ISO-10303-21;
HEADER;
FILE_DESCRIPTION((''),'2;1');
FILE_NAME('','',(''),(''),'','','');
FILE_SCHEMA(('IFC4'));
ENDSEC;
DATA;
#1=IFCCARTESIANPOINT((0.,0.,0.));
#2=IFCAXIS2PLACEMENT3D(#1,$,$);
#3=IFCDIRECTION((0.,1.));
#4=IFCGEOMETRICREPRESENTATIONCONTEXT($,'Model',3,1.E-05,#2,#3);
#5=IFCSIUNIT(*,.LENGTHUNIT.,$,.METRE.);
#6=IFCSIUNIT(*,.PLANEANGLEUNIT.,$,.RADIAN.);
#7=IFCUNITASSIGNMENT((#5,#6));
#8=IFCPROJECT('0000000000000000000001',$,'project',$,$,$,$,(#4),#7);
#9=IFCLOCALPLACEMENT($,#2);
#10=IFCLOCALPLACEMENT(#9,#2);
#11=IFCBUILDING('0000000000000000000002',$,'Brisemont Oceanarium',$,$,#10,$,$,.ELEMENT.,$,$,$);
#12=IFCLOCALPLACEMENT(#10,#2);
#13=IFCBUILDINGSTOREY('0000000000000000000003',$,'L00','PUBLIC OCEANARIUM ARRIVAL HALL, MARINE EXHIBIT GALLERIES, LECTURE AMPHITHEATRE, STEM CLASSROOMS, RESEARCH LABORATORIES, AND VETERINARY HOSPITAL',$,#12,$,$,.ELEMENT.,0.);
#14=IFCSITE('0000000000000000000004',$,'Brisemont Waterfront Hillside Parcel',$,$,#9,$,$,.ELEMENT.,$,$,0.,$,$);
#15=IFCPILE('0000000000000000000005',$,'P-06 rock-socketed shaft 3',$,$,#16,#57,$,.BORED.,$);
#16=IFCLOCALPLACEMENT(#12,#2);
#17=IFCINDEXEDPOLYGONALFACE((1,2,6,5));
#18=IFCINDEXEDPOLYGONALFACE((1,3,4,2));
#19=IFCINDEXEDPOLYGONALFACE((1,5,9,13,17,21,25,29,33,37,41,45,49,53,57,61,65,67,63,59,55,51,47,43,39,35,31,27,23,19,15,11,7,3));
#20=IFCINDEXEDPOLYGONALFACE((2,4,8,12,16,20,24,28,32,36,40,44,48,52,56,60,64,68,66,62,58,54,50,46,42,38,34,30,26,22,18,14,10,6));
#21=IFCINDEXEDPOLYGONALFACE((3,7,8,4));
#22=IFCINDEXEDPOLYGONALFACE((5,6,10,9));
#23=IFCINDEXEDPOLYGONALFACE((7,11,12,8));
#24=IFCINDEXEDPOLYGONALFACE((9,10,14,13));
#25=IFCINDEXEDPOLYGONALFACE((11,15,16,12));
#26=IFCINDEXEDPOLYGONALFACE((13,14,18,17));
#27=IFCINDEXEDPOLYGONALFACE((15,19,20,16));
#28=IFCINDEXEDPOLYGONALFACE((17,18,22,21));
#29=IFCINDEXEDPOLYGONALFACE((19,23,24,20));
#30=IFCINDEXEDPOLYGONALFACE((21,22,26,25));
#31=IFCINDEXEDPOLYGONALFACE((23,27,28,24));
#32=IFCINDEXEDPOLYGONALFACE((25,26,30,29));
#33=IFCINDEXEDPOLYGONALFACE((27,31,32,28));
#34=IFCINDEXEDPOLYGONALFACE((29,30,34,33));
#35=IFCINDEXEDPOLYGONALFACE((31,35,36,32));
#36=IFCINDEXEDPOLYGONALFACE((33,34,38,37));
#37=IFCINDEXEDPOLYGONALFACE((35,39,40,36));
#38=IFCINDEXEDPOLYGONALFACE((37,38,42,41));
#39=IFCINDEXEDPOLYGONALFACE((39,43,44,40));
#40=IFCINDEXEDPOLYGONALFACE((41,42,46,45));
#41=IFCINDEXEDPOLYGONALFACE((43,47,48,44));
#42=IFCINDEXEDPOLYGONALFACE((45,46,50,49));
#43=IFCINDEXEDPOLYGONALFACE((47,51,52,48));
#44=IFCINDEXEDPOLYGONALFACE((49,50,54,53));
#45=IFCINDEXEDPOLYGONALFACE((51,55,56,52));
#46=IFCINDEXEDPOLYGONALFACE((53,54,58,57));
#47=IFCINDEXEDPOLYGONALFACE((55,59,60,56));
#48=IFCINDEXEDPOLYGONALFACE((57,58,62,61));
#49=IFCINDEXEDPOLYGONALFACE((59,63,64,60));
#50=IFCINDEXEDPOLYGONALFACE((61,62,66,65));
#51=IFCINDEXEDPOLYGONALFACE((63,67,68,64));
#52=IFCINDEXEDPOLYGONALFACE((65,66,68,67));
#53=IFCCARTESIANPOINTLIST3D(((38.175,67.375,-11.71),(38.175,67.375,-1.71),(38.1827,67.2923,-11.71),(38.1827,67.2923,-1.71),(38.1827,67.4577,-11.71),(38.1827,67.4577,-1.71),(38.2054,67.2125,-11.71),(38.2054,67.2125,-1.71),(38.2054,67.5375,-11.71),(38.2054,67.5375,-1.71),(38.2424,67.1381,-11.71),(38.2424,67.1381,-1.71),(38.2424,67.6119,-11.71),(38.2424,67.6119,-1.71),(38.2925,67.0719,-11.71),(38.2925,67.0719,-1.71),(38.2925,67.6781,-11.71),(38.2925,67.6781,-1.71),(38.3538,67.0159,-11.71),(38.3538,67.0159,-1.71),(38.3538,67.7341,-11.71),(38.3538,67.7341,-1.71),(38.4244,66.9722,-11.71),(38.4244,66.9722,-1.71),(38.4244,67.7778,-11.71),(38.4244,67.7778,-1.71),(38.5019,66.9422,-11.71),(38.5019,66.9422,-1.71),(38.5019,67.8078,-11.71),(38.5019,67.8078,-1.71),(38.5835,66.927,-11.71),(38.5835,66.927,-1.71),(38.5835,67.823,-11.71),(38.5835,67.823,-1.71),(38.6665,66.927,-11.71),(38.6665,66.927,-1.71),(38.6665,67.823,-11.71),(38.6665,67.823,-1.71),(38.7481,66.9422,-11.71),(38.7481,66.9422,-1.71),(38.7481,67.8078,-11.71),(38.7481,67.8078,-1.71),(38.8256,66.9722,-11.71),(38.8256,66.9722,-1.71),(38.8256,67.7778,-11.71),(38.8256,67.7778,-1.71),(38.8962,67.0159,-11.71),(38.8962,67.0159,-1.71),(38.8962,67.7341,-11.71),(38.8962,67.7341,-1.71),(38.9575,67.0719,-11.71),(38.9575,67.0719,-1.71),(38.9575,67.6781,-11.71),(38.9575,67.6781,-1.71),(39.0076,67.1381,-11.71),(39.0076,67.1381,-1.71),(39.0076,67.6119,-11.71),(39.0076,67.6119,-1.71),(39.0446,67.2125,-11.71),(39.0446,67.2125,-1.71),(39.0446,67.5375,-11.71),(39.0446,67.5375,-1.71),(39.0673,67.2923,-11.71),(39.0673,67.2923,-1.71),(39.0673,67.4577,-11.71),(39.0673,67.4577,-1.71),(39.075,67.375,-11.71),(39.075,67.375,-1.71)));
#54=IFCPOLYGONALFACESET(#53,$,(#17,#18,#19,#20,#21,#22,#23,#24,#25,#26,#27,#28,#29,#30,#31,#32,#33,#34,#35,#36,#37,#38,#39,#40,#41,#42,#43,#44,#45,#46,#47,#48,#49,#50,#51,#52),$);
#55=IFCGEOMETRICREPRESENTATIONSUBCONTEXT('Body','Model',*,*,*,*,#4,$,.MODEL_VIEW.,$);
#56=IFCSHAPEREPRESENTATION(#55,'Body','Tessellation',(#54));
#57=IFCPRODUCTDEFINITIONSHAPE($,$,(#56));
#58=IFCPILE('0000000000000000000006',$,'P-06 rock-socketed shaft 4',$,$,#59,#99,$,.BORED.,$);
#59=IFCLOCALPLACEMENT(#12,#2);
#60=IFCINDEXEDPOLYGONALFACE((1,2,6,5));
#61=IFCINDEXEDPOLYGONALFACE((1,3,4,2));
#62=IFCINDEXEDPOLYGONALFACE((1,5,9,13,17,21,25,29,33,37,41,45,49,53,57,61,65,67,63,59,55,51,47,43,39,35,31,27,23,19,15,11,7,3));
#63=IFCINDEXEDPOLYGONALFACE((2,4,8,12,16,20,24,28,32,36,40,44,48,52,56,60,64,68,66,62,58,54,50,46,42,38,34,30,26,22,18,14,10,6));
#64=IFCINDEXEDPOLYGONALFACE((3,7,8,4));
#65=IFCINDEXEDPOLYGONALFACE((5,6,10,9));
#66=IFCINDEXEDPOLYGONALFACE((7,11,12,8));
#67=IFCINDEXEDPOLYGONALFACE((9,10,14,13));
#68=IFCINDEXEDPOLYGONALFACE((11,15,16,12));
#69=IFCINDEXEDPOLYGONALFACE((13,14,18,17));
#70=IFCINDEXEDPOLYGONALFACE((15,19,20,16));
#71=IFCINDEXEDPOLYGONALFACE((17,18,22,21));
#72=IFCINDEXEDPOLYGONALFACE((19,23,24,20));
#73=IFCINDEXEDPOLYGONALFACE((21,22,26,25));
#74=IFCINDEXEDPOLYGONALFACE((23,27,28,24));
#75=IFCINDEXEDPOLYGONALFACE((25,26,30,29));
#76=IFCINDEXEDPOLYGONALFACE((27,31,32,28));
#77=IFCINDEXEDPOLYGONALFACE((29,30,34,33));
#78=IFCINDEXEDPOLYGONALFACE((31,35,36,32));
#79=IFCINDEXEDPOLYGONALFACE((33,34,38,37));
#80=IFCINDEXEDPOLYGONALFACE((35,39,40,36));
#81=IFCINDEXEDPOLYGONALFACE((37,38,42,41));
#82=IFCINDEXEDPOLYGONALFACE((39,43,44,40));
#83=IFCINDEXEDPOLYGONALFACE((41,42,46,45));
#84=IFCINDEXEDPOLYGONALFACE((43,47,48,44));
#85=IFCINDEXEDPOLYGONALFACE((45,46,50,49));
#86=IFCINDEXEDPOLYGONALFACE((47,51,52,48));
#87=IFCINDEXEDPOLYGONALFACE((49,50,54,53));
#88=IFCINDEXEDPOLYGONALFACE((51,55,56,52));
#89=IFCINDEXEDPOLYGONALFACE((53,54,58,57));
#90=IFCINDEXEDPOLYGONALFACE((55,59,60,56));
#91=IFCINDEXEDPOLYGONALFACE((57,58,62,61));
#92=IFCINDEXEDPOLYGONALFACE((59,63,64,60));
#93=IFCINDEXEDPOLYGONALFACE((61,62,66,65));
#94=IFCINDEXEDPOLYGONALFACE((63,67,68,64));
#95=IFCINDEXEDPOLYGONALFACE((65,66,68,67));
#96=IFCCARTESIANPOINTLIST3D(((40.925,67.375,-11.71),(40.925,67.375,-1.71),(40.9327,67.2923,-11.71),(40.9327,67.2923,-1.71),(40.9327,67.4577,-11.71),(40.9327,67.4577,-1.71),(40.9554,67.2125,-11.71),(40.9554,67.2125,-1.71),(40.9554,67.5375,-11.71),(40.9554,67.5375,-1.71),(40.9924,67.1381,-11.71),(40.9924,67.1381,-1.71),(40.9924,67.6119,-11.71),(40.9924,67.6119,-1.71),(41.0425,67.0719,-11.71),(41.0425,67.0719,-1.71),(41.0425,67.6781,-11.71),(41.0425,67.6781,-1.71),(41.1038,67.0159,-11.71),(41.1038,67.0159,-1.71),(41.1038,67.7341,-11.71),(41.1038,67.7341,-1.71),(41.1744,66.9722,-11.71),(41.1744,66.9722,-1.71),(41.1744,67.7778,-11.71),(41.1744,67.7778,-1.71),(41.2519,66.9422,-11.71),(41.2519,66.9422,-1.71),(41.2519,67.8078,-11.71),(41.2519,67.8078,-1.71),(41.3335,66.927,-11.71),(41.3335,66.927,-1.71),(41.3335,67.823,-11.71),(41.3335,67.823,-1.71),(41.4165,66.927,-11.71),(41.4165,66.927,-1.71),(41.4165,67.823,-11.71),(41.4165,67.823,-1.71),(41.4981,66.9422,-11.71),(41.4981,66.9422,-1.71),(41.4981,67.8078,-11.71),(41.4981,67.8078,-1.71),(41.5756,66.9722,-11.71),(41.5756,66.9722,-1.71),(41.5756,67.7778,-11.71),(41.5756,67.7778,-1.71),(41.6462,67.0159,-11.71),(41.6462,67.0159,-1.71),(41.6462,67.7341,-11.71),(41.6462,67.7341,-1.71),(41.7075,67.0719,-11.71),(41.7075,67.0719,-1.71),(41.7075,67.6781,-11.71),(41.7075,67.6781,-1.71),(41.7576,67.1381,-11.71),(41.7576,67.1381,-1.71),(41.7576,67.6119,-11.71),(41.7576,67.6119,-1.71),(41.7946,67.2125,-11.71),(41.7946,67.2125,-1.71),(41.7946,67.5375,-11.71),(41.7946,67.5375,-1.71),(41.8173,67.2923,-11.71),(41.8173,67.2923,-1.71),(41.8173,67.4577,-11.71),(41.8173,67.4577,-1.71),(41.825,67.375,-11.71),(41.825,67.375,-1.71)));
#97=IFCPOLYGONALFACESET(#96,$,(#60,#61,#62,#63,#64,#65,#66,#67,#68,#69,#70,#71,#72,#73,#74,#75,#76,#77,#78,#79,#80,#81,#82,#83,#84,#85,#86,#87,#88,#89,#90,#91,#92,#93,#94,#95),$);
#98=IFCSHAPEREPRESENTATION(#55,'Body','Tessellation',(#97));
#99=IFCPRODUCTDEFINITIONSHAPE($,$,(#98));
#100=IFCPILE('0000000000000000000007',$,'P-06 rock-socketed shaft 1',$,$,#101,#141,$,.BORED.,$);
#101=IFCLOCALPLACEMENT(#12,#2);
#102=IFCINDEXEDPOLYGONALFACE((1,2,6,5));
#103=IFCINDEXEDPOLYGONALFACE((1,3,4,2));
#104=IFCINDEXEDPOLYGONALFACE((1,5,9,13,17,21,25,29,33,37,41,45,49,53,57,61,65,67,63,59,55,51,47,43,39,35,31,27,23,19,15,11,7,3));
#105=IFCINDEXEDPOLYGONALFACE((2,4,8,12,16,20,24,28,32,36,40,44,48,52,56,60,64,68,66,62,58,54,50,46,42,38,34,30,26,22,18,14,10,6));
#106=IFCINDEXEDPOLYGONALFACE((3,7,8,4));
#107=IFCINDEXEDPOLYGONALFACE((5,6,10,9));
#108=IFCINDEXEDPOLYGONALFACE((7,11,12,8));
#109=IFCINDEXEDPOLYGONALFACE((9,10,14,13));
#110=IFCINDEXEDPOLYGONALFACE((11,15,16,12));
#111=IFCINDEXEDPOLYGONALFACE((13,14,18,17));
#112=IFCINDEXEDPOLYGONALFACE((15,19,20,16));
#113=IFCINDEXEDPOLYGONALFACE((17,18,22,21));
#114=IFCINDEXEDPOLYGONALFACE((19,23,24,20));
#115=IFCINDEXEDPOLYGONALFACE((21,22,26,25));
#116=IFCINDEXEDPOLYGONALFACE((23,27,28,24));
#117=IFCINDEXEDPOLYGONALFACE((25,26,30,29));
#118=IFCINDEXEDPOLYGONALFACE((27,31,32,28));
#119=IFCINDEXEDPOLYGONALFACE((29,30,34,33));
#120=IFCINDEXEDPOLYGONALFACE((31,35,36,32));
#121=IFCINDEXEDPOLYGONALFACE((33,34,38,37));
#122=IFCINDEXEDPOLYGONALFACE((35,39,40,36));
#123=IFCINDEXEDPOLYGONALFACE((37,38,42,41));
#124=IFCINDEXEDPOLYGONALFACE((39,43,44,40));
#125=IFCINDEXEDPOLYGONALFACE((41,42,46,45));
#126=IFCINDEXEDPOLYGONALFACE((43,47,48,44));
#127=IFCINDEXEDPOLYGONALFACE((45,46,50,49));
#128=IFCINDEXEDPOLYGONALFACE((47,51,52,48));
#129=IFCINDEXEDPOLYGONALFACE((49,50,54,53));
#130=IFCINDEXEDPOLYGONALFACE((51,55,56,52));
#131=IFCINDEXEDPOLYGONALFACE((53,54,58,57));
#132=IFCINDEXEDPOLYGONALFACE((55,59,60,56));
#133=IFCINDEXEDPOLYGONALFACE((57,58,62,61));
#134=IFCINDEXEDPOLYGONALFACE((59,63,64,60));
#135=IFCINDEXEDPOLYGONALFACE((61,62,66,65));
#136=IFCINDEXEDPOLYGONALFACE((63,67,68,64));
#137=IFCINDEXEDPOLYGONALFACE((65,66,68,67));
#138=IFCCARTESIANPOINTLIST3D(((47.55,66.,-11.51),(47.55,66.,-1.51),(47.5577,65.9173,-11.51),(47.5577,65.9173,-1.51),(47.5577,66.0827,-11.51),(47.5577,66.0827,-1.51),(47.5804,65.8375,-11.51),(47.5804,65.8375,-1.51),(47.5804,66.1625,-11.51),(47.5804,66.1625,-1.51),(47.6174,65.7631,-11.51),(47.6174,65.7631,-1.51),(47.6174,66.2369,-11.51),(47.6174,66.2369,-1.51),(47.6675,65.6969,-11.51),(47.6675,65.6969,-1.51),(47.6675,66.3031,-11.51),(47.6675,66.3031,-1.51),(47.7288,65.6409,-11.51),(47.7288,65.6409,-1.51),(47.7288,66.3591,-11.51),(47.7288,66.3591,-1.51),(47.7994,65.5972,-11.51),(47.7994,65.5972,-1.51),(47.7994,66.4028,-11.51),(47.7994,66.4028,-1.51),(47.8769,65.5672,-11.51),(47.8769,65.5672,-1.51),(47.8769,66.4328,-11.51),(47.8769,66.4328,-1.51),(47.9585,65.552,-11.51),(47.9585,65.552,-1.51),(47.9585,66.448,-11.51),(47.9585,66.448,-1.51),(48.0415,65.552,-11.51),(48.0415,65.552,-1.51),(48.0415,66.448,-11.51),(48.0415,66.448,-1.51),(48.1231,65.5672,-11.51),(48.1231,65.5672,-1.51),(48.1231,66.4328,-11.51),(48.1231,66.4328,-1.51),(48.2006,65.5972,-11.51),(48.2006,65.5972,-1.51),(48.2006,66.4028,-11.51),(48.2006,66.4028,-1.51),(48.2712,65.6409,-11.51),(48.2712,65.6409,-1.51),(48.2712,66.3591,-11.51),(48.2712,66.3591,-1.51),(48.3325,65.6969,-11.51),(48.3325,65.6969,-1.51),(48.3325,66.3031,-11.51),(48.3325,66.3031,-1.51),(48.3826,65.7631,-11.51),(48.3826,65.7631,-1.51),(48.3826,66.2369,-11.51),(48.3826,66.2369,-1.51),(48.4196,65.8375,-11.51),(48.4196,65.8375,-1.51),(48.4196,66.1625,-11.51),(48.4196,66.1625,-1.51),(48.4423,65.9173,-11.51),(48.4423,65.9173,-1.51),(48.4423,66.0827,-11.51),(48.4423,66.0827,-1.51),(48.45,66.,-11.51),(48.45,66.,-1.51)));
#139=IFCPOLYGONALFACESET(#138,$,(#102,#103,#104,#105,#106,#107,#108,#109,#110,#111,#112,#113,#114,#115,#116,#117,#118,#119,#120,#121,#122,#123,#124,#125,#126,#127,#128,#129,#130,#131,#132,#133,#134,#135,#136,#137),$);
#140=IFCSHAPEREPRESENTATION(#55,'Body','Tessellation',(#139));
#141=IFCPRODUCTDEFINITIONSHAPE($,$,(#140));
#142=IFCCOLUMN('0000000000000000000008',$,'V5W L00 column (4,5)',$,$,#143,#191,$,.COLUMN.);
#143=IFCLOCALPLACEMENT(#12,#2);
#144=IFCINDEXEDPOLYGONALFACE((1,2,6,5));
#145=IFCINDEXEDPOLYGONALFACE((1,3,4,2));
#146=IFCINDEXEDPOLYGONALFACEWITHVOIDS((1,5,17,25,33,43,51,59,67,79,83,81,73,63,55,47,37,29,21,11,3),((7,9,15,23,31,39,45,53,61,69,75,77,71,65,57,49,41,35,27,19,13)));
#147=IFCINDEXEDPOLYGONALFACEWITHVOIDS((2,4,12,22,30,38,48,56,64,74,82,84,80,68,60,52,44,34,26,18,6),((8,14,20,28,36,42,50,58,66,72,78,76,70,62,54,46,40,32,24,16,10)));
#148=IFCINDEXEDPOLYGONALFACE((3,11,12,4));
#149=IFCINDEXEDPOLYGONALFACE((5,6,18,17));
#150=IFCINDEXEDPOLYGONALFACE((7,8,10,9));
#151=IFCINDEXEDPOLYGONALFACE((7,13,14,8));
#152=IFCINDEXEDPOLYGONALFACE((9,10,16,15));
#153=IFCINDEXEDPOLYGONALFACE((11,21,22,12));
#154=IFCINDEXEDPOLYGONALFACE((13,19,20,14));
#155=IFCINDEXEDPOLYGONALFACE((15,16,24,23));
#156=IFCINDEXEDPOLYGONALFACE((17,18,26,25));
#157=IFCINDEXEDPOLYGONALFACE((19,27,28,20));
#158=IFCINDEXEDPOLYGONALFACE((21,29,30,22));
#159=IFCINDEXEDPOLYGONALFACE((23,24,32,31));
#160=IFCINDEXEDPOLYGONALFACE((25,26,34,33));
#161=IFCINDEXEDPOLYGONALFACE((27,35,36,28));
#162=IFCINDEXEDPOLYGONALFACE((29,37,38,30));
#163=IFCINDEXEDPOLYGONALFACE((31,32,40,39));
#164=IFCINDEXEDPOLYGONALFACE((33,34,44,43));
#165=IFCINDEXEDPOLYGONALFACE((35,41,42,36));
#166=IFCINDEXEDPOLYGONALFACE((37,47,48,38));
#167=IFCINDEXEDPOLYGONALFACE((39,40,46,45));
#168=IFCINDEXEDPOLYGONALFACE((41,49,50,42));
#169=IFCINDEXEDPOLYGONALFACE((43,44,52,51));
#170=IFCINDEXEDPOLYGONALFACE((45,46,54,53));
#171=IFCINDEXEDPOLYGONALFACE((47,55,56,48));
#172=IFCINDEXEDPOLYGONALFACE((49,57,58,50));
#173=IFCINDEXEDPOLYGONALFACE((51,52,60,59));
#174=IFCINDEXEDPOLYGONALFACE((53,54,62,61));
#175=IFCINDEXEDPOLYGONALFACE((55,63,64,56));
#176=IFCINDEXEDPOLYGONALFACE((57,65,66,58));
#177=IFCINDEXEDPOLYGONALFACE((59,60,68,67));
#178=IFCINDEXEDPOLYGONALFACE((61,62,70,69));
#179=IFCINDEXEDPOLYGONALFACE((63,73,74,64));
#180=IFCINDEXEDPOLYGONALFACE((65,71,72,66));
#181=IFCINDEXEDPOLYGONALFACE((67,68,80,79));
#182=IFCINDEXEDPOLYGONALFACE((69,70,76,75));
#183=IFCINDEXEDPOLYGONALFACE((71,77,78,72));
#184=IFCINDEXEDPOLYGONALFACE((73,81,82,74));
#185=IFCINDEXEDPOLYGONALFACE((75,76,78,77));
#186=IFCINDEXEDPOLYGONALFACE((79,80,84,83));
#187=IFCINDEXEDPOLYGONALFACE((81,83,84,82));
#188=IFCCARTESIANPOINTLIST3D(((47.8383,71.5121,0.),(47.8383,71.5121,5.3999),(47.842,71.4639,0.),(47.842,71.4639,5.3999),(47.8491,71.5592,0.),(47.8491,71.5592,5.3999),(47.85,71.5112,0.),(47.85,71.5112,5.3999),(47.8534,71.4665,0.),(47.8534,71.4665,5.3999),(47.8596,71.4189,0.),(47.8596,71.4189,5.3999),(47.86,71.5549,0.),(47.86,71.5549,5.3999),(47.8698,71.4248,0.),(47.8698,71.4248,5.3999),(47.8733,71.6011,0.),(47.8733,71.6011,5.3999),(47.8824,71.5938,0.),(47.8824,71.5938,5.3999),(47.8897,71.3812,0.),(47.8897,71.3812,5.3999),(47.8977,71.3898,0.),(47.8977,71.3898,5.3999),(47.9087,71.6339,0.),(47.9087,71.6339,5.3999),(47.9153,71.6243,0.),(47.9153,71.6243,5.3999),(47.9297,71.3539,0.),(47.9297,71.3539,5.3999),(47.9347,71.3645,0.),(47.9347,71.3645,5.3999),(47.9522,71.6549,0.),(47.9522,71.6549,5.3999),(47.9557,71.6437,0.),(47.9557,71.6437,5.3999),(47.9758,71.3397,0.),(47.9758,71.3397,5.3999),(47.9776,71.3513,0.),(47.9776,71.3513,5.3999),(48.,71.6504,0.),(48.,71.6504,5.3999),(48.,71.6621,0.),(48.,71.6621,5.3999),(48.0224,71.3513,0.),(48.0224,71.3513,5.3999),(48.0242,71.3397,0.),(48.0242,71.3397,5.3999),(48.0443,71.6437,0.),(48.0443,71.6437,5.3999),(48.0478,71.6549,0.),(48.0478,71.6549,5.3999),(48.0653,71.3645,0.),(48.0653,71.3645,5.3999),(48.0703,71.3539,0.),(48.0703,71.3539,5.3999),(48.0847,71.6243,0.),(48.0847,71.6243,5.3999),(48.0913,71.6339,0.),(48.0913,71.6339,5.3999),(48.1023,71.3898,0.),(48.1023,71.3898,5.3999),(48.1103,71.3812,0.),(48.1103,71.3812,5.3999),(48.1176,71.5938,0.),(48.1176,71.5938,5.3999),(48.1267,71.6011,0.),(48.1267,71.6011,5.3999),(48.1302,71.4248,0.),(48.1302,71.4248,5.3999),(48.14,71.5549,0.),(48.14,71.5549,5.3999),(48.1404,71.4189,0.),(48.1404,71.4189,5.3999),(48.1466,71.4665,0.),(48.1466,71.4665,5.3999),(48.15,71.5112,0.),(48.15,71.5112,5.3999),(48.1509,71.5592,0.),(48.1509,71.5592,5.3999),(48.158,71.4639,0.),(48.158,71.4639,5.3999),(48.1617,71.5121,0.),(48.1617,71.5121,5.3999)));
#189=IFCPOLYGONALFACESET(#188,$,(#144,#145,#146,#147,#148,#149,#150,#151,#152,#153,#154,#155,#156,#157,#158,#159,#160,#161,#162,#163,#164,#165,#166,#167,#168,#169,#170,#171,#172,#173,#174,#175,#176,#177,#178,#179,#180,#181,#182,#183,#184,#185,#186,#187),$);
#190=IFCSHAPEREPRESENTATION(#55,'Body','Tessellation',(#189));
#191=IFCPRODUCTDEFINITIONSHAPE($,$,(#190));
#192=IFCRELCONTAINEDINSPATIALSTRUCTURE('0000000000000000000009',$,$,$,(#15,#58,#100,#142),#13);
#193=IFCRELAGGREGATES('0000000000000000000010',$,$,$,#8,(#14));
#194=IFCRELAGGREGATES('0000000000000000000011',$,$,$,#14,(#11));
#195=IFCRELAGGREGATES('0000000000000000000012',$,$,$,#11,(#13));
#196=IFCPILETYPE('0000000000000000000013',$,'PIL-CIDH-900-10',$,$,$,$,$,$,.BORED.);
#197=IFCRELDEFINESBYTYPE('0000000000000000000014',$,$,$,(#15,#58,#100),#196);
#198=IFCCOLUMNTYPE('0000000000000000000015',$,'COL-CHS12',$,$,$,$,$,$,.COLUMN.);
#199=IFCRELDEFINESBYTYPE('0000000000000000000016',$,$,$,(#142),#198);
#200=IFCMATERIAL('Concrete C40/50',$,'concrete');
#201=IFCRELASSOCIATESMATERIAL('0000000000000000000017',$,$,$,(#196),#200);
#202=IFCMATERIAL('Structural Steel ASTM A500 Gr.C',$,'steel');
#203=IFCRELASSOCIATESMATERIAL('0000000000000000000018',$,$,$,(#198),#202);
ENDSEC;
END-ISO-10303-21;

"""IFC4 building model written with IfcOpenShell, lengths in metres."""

from ifc_helpers import new_model, si_unit, direction, frame, origin, origin_2d, place, context, subcontext, project, spatial, circle, hollow_circle, extrude, material, material_profile, profile_set, type_object, element, save


model = new_model("IFC4")

# Units and contexts
model_context = context("Model", 3, precision=1e-05, world=origin(), true_north=direction((0.0, 1.0)))
body_context = subcontext(model_context, "Body", "Model", "MODEL_VIEW")
ifc_project = project(units=[si_unit("LENGTHUNIT", "METRE"), si_unit("PLANEANGLEUNIT", "RADIAN")], contexts=[model_context])

# Site, building, storey
site_placement = place(None, origin())
site = spatial("IfcSite", under=ifc_project, at=site_placement, Name="Brisemont Waterfront Hillside Parcel", CompositionType="ELEMENT", RefElevation=0.0)
building_placement = place(site_placement, origin())
building = spatial("IfcBuilding", under=site, at=building_placement, Name="Brisemont Oceanarium", CompositionType="ELEMENT")
storey_placement = place(building_placement, origin())
storey = spatial("IfcBuildingStorey", under=building, at=storey_placement, Name="L00", Description="PUBLIC OCEANARIUM ARRIVAL HALL, MARINE EXHIBIT GALLERIES, LECTURE AMPHITHEATRE, STEM CLASSROOMS, RESEARCH LABORATORIES, AND VETERINARY HOSPITAL", CompositionType="ELEMENT", Elevation=0.0)

# Piles
ifc_material_1 = material(Name="Concrete C40/50", Category="concrete")
ifc_material_profile_1 = material_profile(ifc_material_1, circle(Radius=0.45, at=origin_2d()), Name="CIDH-D900")
ifc_profile_set_1 = profile_set([ifc_material_profile_1], Name="Concrete C40/50")
pile_type = type_object("IfcPileType", Name="PIL-CIDH-900-10", PredefinedType="BORED", material=ifc_profile_set_1)
for number, where, z_axis, x_axis, name in (
    (1, (38.625, 67.375, -1.71), (0.0, 0.0, -1.0), (1.0, 0.0, 0.0), "P-06 rock-socketed shaft 3"),
    (2, (41.375, 67.375, -1.71), (0.0, 0.0, -1.0), (1.0, 0.0, 0.0), "P-06 rock-socketed shaft 4"),
    (3, (48.0, 66.0, -1.51), (0.0, 0.0, -1.0), (1.0, 0.0, 0.0), "P-06 rock-socketed shaft 1"),
):
    element("IfcPile", number, at=place(storey_placement, frame(where, z_axis=z_axis, x_axis=x_axis)), inside=storey, type_object=pile_type, Name=name, PredefinedType="BORED", context=body_context, shape_type="SweptSolid", body=[
        extrude(circle(Radius=0.45, at=origin_2d()), origin(), (0.0, 0.0, 1.0), 10.0),
    ])

# Column
ifc_material_2 = material(Name="Structural Steel ASTM A500 Gr.C", Category="steel")
ifc_material_profile_2 = material_profile(ifc_material_2, hollow_circle(Radius=0.1621, WallThickness=0.0117, at=origin_2d()), Name="HSS12.750X0.500")
ifc_profile_set_2 = profile_set([ifc_material_profile_2], Name="Structural Steel ASTM A500 Gr.C")
column_type_1 = type_object("IfcColumnType", Name="COL-CHS12", PredefinedType="COLUMN", material=ifc_profile_set_2)
column_1_placement = place(storey_placement, frame((48.0, 71.5, 0.0), z_axis=(0.0, 0.0, 1.0), x_axis=(0.0, 1.0, 0.0)))
element("IfcColumn", 4, at=column_1_placement, inside=storey, type_object=column_type_1, Name="V5W L00 column (4,5)", PredefinedType="COLUMN", context=body_context, shape_type="SweptSolid", body=[
    extrude(hollow_circle(Radius=0.1621, WallThickness=0.0117, at=origin_2d()), origin(), (0.0, 0.0, 1.0), 5.3999),
])

save(model, "model.ifc")
